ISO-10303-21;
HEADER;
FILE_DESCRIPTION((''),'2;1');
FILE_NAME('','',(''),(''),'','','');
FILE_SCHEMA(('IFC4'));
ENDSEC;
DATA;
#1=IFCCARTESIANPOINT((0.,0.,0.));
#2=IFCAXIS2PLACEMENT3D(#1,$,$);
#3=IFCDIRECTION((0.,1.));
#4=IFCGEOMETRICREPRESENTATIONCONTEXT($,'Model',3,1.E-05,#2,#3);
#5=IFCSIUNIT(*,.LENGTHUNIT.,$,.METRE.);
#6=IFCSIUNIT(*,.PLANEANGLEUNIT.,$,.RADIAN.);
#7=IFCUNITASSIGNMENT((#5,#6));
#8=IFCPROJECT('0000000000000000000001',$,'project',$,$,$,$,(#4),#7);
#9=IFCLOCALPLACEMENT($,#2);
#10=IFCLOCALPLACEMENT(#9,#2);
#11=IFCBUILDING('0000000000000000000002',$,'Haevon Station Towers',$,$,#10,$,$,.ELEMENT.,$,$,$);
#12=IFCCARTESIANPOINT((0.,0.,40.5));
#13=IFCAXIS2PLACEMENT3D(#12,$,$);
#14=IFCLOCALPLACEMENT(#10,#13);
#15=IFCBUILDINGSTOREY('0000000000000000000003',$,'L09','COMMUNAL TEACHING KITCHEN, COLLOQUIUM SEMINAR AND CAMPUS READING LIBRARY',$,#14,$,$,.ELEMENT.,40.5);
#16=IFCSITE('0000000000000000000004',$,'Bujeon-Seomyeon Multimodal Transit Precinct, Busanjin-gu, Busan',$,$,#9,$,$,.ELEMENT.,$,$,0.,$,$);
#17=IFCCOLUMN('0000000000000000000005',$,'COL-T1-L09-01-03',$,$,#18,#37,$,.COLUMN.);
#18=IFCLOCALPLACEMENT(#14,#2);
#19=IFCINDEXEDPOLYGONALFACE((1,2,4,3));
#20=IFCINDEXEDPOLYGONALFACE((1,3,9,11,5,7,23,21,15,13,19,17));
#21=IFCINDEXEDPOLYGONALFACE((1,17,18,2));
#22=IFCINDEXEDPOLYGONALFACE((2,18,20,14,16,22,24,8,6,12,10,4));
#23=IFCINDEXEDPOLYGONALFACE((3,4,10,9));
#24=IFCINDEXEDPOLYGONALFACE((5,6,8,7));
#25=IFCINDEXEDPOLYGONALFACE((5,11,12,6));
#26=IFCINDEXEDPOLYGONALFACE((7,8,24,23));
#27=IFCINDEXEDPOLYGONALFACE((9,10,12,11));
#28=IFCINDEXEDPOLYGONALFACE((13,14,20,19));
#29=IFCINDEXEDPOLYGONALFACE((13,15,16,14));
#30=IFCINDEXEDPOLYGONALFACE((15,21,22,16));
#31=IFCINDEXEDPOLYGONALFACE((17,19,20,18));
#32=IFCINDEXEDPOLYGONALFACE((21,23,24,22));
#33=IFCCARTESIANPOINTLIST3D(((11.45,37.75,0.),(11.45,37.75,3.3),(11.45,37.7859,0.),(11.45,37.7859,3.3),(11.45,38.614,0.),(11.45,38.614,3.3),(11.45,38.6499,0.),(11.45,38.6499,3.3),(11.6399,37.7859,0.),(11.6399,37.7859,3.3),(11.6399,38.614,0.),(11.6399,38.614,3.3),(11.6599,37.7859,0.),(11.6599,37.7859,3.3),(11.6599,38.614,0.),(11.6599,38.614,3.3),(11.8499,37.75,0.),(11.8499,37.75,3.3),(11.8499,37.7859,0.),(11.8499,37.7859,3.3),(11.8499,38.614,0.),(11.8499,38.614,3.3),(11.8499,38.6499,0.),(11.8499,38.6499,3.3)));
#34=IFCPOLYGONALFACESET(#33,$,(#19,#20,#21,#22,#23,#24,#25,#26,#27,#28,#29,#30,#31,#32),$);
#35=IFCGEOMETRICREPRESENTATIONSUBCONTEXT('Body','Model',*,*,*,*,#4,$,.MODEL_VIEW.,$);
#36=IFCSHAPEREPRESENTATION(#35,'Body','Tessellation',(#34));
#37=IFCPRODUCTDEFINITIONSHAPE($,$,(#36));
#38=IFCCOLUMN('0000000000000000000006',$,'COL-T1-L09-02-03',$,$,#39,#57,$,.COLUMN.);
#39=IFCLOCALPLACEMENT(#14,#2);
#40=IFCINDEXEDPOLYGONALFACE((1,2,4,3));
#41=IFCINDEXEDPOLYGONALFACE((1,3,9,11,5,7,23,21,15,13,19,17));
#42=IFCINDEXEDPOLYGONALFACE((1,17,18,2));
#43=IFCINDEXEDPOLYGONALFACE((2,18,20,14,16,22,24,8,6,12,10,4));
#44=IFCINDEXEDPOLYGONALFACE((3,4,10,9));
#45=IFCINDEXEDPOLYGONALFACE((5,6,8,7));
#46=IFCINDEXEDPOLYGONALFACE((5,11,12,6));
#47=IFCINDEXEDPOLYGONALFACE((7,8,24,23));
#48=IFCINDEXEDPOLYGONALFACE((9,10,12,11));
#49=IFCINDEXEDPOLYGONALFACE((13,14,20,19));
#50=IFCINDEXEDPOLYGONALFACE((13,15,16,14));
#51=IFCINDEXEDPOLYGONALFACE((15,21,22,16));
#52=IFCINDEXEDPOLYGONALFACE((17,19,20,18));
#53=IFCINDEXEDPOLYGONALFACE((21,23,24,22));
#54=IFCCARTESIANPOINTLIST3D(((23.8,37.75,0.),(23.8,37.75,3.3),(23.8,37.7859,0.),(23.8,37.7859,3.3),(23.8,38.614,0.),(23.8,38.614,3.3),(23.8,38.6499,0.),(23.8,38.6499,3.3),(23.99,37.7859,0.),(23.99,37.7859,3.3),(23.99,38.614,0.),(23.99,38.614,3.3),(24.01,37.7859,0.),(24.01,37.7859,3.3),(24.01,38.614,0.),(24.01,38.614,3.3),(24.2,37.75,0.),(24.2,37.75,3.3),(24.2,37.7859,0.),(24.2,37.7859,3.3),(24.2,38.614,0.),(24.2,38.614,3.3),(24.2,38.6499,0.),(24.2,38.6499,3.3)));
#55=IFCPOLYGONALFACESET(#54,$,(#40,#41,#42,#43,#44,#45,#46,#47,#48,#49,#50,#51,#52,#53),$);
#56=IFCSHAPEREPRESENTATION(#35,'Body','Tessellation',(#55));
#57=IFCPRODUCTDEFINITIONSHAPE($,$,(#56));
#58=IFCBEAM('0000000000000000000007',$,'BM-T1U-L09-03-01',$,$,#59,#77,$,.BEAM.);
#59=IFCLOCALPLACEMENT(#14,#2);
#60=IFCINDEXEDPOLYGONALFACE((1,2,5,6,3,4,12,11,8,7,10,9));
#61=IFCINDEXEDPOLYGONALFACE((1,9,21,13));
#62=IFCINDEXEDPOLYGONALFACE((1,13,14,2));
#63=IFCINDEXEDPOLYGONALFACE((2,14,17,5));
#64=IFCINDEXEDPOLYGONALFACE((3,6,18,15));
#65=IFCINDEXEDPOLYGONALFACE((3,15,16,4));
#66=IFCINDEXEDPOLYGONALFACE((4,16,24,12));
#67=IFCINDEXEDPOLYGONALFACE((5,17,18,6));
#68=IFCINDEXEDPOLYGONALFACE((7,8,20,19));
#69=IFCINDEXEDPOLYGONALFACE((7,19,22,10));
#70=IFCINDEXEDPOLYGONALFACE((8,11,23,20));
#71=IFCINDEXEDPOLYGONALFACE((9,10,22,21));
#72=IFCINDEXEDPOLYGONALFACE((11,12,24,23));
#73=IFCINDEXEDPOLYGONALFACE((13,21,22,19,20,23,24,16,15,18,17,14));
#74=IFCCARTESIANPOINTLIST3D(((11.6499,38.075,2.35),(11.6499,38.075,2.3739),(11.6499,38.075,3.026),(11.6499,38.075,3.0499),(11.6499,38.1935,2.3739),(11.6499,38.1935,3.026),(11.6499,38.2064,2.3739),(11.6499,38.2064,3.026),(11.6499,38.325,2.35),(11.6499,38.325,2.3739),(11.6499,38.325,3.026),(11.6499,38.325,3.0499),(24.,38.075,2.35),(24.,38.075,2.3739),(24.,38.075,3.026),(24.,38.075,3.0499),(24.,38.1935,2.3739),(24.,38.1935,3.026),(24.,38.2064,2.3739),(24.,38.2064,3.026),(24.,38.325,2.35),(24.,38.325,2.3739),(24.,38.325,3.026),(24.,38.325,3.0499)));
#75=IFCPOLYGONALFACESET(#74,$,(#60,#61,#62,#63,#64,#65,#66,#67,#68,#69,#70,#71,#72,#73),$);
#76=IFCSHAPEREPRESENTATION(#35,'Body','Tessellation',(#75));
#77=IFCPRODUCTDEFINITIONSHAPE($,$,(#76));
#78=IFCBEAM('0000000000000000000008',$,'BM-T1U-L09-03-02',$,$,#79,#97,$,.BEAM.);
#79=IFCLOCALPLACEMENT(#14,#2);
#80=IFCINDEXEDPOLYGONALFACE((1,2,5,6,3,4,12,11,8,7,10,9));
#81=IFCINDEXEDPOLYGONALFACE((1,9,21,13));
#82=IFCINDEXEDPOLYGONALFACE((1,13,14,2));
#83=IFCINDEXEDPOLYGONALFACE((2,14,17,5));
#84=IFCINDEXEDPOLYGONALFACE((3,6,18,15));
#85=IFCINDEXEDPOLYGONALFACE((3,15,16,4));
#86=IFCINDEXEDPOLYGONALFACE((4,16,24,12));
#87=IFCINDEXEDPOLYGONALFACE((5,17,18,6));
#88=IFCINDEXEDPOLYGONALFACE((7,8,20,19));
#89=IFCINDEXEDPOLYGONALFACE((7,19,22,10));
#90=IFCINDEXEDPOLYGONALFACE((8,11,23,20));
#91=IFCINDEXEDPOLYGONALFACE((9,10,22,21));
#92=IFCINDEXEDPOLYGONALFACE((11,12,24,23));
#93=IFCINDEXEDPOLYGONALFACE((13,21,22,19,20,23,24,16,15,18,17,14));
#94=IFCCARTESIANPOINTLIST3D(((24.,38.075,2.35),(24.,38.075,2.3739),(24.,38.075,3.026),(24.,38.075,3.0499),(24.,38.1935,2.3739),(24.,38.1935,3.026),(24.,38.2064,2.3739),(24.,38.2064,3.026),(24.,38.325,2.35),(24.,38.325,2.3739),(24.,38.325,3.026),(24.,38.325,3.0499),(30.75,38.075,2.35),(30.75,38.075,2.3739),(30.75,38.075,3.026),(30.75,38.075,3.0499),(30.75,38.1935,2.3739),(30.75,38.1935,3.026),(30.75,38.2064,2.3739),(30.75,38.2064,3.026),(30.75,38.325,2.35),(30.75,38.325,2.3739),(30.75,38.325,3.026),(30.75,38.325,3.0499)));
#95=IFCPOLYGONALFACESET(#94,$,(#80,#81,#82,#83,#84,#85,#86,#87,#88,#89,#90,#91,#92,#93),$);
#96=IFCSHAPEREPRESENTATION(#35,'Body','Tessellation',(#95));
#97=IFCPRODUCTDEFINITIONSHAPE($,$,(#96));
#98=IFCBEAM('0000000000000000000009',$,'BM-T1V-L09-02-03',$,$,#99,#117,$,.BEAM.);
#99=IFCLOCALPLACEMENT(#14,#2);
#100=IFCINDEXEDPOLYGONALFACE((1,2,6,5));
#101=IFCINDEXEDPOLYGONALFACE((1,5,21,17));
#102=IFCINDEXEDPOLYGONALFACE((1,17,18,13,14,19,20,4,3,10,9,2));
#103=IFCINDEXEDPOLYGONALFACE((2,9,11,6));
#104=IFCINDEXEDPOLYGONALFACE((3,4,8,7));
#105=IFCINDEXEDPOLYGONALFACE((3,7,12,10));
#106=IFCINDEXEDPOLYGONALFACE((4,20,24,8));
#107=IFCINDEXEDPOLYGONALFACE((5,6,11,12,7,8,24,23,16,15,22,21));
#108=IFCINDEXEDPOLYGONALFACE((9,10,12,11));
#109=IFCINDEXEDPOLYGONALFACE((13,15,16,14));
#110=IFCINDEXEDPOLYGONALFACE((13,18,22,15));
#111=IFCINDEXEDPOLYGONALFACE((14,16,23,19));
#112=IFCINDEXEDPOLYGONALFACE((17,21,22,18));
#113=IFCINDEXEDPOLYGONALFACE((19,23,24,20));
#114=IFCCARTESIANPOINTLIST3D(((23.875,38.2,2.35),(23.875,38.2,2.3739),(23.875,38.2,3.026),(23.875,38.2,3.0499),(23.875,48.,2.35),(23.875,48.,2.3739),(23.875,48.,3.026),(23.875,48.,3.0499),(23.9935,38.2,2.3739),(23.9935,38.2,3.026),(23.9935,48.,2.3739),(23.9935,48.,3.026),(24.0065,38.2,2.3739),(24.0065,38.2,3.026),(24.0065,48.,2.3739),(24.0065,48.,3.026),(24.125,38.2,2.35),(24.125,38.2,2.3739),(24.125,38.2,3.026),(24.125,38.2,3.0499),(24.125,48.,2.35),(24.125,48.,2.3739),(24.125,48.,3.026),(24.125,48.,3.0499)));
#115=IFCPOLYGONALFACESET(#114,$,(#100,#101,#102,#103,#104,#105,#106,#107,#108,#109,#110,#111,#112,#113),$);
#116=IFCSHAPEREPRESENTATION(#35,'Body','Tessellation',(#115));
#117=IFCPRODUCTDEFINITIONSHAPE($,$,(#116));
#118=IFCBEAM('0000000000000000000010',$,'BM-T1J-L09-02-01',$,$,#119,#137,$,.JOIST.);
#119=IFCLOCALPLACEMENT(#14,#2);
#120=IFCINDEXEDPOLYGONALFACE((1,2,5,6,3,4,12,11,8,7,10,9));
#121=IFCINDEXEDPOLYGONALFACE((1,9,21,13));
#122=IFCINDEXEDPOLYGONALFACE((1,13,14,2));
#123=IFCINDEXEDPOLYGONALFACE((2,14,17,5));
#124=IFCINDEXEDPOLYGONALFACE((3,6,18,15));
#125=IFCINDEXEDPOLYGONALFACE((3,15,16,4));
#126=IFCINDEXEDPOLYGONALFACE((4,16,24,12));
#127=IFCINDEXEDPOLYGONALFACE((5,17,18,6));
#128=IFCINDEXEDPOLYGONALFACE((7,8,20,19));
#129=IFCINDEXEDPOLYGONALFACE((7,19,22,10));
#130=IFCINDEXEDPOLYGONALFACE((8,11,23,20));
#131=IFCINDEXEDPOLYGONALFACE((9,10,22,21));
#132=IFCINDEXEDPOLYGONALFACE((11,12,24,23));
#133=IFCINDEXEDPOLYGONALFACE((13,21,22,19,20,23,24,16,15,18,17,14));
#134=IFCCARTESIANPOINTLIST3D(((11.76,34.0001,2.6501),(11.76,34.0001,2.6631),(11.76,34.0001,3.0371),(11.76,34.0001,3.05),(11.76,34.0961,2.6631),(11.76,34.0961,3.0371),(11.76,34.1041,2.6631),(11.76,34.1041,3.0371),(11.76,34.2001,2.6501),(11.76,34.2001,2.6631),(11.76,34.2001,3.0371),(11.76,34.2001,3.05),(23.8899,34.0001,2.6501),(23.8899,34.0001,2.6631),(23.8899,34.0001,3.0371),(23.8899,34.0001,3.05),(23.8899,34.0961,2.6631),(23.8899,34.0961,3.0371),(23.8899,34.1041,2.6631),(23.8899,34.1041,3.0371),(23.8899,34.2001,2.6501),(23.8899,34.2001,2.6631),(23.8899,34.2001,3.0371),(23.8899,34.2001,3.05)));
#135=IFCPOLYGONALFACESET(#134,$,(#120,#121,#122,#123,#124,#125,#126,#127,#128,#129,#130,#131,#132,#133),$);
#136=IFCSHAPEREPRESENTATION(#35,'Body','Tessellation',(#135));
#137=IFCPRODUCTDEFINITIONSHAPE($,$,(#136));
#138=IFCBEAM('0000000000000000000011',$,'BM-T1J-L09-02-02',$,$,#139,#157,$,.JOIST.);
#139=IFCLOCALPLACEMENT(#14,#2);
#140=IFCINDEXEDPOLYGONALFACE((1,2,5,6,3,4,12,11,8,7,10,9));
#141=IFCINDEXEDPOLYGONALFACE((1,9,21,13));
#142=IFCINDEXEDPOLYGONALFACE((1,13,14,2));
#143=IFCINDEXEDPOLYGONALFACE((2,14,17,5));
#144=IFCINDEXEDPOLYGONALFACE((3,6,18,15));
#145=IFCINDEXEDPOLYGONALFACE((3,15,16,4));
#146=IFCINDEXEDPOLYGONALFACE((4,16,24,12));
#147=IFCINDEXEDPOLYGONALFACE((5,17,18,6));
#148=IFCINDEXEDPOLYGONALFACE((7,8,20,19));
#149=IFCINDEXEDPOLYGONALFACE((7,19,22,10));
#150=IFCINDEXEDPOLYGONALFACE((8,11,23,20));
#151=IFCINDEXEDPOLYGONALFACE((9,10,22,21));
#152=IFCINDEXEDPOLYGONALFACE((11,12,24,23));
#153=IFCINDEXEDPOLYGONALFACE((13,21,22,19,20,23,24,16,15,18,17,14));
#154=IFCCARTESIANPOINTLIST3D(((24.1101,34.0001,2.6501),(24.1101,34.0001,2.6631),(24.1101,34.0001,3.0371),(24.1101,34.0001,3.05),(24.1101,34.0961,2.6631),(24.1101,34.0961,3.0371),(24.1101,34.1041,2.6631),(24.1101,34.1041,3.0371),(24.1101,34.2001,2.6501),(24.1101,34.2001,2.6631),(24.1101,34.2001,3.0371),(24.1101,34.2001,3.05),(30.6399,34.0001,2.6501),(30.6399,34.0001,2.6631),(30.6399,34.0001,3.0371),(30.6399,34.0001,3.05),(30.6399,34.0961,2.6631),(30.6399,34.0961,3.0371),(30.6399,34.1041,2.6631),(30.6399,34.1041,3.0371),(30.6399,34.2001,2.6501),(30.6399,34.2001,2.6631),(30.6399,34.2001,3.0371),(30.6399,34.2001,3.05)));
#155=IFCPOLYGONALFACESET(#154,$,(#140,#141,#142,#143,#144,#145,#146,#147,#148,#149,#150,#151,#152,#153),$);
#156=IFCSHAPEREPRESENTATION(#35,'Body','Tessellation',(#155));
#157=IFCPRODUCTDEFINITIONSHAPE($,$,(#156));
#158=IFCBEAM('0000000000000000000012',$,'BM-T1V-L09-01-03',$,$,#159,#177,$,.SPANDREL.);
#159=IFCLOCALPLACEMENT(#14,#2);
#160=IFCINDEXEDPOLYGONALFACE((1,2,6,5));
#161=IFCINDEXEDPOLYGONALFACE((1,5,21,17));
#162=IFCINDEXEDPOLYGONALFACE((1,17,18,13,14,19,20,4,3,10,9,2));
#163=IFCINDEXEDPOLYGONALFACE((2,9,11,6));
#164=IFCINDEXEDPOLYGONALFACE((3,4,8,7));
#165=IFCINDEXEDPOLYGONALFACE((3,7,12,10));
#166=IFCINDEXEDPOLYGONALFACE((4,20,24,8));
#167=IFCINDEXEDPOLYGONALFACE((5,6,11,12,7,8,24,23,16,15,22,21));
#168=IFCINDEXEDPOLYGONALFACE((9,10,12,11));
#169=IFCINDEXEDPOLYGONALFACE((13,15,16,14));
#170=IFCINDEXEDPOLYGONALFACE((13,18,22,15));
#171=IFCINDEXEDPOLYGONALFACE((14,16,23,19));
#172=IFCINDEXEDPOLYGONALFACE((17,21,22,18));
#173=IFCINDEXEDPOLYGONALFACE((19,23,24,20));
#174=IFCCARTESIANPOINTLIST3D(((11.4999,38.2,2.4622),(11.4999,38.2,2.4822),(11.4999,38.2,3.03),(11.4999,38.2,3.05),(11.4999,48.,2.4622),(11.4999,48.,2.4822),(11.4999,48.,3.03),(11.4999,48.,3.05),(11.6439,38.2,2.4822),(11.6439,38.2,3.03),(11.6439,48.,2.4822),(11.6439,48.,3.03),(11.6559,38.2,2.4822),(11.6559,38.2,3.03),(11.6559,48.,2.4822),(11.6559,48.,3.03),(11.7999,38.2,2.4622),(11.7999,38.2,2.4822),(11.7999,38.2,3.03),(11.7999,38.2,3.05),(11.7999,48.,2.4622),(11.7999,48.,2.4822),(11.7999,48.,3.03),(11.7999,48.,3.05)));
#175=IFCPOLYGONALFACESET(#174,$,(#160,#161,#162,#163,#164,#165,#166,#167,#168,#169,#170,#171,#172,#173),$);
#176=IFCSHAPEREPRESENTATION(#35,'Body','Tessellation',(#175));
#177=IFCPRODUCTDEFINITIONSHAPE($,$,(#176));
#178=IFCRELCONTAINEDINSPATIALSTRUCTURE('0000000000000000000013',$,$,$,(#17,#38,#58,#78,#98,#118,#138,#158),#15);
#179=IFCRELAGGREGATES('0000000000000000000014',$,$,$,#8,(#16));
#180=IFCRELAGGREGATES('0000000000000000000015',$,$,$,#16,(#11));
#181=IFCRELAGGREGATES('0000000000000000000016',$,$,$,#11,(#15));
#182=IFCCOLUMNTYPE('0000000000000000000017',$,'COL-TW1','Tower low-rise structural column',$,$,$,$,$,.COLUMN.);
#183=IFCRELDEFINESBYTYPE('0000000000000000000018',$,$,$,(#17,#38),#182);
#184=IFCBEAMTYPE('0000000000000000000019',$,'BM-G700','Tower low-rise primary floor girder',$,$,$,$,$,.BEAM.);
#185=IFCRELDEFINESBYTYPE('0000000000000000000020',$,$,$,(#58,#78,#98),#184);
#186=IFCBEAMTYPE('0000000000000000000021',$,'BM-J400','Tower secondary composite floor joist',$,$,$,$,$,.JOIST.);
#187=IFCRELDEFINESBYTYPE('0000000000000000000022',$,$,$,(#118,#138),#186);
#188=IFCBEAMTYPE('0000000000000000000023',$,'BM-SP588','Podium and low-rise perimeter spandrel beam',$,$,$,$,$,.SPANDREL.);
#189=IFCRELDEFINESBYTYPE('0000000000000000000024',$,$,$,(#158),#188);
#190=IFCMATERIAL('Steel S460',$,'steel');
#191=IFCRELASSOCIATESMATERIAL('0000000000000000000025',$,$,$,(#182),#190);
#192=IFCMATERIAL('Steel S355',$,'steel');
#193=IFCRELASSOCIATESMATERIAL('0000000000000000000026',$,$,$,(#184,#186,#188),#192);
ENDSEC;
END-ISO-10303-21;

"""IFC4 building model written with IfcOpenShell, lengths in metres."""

from ifc_helpers import new_model, si_unit, direction, frame, origin, origin_2d, place, context, subcontext, project, spatial, i_section, extrude, material, material_profile, profile_set, type_object, element, save


model = new_model("IFC4")

# Units and contexts
model_context = context("Model", 3, precision=1e-05, world=origin(), true_north=direction((0.0, 1.0)))
body_context = subcontext(model_context, "Body", "Model", "MODEL_VIEW")
ifc_project = project(units=[si_unit("LENGTHUNIT", "METRE"), si_unit("PLANEANGLEUNIT", "RADIAN")], contexts=[model_context])

# Site, building, storey
site_placement = place(None, origin())
site = spatial("IfcSite", under=ifc_project, at=site_placement, Name="Bujeon-Seomyeon Multimodal Transit Precinct, Busanjin-gu, Busan", CompositionType="ELEMENT", RefElevation=0.0)
building_placement = place(site_placement, origin())
building = spatial("IfcBuilding", under=site, at=building_placement, Name="Haevon Station Towers", CompositionType="ELEMENT")
storey_placement = place(building_placement, frame((0.0, 0.0, 40.5)))
storey = spatial("IfcBuildingStorey", under=building, at=storey_placement, Name="L09", Description="COMMUNAL TEACHING KITCHEN, COLLOQUIUM SEMINAR AND CAMPUS READING LIBRARY", CompositionType="ELEMENT", Elevation=40.5)

# Columns
ifc_material_1 = material(Name="Steel S460", Category="steel")
ifc_material_profile_1 = material_profile(ifc_material_1, i_section(OverallWidth=0.3999, OverallDepth=0.8999, WebThickness=0.02, FlangeThickness=0.0359, at=origin_2d()), Name="H-900x400x20x36")
ifc_profile_set_1 = profile_set([ifc_material_profile_1], Name="Steel S460")
column_type = type_object("IfcColumnType", Name="COL-TW1", Description="Tower low-rise structural column", PredefinedType="COLUMN", material=ifc_profile_set_1)
for number, where, z_axis, x_axis, name in (
    (1, (11.6499, 38.2, 0.0), (0.0, 0.0, 1.0), (1.0, 0.0, 0.0), "COL-T1-L09-01-03"),
    (2, (24.0, 38.2, 0.0), (0.0, 0.0, 1.0), (1.0, 0.0, 0.0), "COL-T1-L09-02-03"),
):
    element("IfcColumn", number, at=place(storey_placement, frame(where, z_axis=z_axis, x_axis=x_axis)), inside=storey, type_object=column_type, Name=name, PredefinedType="COLUMN", context=body_context, shape_type="SweptSolid", body=[
        extrude(i_section(OverallWidth=0.3999, OverallDepth=0.8999, WebThickness=0.02, FlangeThickness=0.0359, at=origin_2d()), origin(), (0.0, 0.0, 1.0), 3.3),
    ])

# Beams
ifc_material_2 = material(Name="Steel S355", Category="steel")
ifc_material_profile_2 = material_profile(ifc_material_2, i_section(OverallWidth=0.25, OverallDepth=0.7, WebThickness=0.0129, FlangeThickness=0.0239, at=origin_2d()), Name="H-700x250x13x24")
ifc_profile_set_2 = profile_set([ifc_material_profile_2], Name="Steel S355")
beam_type_1 = type_object("IfcBeamType", Name="BM-G700", Description="Tower low-rise primary floor girder", PredefinedType="BEAM", material=ifc_profile_set_2)
beam_1_placement = place(storey_placement, frame((11.6499, 38.2, 2.7), z_axis=(1.0, 0.0, 0.0), x_axis=(0.0, 1.0, 0.0)))
element("IfcBeam", 3, at=beam_1_placement, inside=storey, type_object=beam_type_1, Name="BM-T1U-L09-03-01", PredefinedType="BEAM", context=body_context, shape_type="SweptSolid", body=[
    extrude(i_section(OverallWidth=0.25, OverallDepth=0.7, WebThickness=0.0129, FlangeThickness=0.0239, at=origin_2d()), origin(), (0.0, 0.0, 1.0), 12.3501),
])
beam_2_placement = place(storey_placement, frame((24.0, 38.2, 2.7), z_axis=(1.0, 0.0, 0.0), x_axis=(0.0, 1.0, 0.0)))
element("IfcBeam", 4, at=beam_2_placement, inside=storey, type_object=beam_type_1, Name="BM-T1U-L09-03-02", PredefinedType="BEAM", context=body_context, shape_type="SweptSolid", body=[
    extrude(i_section(OverallWidth=0.25, OverallDepth=0.7, WebThickness=0.0129, FlangeThickness=0.0239, at=origin_2d()), origin(), (0.0, 0.0, 1.0), 6.75),
])
beam_3_placement = place(storey_placement, frame((24.0, 38.2, 2.7), z_axis=(0.0, 1.0, 0.0), x_axis=(-1.0, 0.0, 0.0)))
element("IfcBeam", 5, at=beam_3_placement, inside=storey, type_object=beam_type_1, Name="BM-T1V-L09-02-03", PredefinedType="BEAM", context=body_context, shape_type="SweptSolid", body=[
    extrude(i_section(OverallWidth=0.25, OverallDepth=0.7, WebThickness=0.0129, FlangeThickness=0.0239, at=origin_2d()), origin(), (0.0, 0.0, 1.0), 9.8),
])
ifc_material_profile_3 = material_profile(ifc_material_2, i_section(OverallWidth=0.2, OverallDepth=0.3999, WebThickness=0.0081, FlangeThickness=0.0129, at=origin_2d()), Name="H-400x200x8x13")
ifc_profile_set_3 = profile_set([ifc_material_profile_3], Name="Steel S355")
beam_type_2 = type_object("IfcBeamType", Name="BM-J400", Description="Tower secondary composite floor joist", PredefinedType="JOIST", material=ifc_profile_set_3)
beam_4_placement = place(storey_placement, frame((11.76, 34.1001, 2.8501), z_axis=(1.0, 0.0, 0.0), x_axis=(0.0, 1.0, 0.0)))
element("IfcBeam", 6, at=beam_4_placement, inside=storey, type_object=beam_type_2, Name="BM-T1J-L09-02-01", PredefinedType="JOIST", context=body_context, shape_type="SweptSolid", body=[
    extrude(i_section(OverallWidth=0.2, OverallDepth=0.3999, WebThickness=0.0081, FlangeThickness=0.0129, at=origin_2d()), origin(), (0.0, 0.0, 1.0), 12.1299),
])
beam_5_placement = place(storey_placement, frame((24.1101, 34.1001, 2.8501), z_axis=(1.0, 0.0, 0.0), x_axis=(0.0, 1.0, 0.0)))
element("IfcBeam", 7, at=beam_5_placement, inside=storey, type_object=beam_type_2, Name="BM-T1J-L09-02-02", PredefinedType="JOIST", context=body_context, shape_type="SweptSolid", body=[
    extrude(i_section(OverallWidth=0.2, OverallDepth=0.3999, WebThickness=0.0081, FlangeThickness=0.0129, at=origin_2d()), origin(), (0.0, 0.0, 1.0), 6.5298),
])
ifc_material_profile_4 = material_profile(ifc_material_2, i_section(OverallWidth=0.3, OverallDepth=0.5879, WebThickness=0.012, FlangeThickness=0.02, at=origin_2d()), Name="H-588x300x12x20")
ifc_profile_set_4 = profile_set([ifc_material_profile_4], Name="Steel S355")
beam_type_3 = type_object("IfcBeamType", Name="BM-SP588", Description="Podium and low-rise perimeter spandrel beam", PredefinedType="SPANDREL", material=ifc_profile_set_4)
beam_6_placement = place(storey_placement, frame((11.6499, 38.2, 2.7561), z_axis=(0.0, 1.0, 0.0), x_axis=(-1.0, 0.0, 0.0)))
element("IfcBeam", 8, at=beam_6_placement, inside=storey, type_object=beam_type_3, Name="BM-T1V-L09-01-03", PredefinedType="SPANDREL", context=body_context, shape_type="SweptSolid", body=[
    extrude(i_section(OverallWidth=0.3, OverallDepth=0.5879, WebThickness=0.012, FlangeThickness=0.02, at=origin_2d()), origin(), (0.0, 0.0, 1.0), 9.8),
])

save(model, "model.ifc")
